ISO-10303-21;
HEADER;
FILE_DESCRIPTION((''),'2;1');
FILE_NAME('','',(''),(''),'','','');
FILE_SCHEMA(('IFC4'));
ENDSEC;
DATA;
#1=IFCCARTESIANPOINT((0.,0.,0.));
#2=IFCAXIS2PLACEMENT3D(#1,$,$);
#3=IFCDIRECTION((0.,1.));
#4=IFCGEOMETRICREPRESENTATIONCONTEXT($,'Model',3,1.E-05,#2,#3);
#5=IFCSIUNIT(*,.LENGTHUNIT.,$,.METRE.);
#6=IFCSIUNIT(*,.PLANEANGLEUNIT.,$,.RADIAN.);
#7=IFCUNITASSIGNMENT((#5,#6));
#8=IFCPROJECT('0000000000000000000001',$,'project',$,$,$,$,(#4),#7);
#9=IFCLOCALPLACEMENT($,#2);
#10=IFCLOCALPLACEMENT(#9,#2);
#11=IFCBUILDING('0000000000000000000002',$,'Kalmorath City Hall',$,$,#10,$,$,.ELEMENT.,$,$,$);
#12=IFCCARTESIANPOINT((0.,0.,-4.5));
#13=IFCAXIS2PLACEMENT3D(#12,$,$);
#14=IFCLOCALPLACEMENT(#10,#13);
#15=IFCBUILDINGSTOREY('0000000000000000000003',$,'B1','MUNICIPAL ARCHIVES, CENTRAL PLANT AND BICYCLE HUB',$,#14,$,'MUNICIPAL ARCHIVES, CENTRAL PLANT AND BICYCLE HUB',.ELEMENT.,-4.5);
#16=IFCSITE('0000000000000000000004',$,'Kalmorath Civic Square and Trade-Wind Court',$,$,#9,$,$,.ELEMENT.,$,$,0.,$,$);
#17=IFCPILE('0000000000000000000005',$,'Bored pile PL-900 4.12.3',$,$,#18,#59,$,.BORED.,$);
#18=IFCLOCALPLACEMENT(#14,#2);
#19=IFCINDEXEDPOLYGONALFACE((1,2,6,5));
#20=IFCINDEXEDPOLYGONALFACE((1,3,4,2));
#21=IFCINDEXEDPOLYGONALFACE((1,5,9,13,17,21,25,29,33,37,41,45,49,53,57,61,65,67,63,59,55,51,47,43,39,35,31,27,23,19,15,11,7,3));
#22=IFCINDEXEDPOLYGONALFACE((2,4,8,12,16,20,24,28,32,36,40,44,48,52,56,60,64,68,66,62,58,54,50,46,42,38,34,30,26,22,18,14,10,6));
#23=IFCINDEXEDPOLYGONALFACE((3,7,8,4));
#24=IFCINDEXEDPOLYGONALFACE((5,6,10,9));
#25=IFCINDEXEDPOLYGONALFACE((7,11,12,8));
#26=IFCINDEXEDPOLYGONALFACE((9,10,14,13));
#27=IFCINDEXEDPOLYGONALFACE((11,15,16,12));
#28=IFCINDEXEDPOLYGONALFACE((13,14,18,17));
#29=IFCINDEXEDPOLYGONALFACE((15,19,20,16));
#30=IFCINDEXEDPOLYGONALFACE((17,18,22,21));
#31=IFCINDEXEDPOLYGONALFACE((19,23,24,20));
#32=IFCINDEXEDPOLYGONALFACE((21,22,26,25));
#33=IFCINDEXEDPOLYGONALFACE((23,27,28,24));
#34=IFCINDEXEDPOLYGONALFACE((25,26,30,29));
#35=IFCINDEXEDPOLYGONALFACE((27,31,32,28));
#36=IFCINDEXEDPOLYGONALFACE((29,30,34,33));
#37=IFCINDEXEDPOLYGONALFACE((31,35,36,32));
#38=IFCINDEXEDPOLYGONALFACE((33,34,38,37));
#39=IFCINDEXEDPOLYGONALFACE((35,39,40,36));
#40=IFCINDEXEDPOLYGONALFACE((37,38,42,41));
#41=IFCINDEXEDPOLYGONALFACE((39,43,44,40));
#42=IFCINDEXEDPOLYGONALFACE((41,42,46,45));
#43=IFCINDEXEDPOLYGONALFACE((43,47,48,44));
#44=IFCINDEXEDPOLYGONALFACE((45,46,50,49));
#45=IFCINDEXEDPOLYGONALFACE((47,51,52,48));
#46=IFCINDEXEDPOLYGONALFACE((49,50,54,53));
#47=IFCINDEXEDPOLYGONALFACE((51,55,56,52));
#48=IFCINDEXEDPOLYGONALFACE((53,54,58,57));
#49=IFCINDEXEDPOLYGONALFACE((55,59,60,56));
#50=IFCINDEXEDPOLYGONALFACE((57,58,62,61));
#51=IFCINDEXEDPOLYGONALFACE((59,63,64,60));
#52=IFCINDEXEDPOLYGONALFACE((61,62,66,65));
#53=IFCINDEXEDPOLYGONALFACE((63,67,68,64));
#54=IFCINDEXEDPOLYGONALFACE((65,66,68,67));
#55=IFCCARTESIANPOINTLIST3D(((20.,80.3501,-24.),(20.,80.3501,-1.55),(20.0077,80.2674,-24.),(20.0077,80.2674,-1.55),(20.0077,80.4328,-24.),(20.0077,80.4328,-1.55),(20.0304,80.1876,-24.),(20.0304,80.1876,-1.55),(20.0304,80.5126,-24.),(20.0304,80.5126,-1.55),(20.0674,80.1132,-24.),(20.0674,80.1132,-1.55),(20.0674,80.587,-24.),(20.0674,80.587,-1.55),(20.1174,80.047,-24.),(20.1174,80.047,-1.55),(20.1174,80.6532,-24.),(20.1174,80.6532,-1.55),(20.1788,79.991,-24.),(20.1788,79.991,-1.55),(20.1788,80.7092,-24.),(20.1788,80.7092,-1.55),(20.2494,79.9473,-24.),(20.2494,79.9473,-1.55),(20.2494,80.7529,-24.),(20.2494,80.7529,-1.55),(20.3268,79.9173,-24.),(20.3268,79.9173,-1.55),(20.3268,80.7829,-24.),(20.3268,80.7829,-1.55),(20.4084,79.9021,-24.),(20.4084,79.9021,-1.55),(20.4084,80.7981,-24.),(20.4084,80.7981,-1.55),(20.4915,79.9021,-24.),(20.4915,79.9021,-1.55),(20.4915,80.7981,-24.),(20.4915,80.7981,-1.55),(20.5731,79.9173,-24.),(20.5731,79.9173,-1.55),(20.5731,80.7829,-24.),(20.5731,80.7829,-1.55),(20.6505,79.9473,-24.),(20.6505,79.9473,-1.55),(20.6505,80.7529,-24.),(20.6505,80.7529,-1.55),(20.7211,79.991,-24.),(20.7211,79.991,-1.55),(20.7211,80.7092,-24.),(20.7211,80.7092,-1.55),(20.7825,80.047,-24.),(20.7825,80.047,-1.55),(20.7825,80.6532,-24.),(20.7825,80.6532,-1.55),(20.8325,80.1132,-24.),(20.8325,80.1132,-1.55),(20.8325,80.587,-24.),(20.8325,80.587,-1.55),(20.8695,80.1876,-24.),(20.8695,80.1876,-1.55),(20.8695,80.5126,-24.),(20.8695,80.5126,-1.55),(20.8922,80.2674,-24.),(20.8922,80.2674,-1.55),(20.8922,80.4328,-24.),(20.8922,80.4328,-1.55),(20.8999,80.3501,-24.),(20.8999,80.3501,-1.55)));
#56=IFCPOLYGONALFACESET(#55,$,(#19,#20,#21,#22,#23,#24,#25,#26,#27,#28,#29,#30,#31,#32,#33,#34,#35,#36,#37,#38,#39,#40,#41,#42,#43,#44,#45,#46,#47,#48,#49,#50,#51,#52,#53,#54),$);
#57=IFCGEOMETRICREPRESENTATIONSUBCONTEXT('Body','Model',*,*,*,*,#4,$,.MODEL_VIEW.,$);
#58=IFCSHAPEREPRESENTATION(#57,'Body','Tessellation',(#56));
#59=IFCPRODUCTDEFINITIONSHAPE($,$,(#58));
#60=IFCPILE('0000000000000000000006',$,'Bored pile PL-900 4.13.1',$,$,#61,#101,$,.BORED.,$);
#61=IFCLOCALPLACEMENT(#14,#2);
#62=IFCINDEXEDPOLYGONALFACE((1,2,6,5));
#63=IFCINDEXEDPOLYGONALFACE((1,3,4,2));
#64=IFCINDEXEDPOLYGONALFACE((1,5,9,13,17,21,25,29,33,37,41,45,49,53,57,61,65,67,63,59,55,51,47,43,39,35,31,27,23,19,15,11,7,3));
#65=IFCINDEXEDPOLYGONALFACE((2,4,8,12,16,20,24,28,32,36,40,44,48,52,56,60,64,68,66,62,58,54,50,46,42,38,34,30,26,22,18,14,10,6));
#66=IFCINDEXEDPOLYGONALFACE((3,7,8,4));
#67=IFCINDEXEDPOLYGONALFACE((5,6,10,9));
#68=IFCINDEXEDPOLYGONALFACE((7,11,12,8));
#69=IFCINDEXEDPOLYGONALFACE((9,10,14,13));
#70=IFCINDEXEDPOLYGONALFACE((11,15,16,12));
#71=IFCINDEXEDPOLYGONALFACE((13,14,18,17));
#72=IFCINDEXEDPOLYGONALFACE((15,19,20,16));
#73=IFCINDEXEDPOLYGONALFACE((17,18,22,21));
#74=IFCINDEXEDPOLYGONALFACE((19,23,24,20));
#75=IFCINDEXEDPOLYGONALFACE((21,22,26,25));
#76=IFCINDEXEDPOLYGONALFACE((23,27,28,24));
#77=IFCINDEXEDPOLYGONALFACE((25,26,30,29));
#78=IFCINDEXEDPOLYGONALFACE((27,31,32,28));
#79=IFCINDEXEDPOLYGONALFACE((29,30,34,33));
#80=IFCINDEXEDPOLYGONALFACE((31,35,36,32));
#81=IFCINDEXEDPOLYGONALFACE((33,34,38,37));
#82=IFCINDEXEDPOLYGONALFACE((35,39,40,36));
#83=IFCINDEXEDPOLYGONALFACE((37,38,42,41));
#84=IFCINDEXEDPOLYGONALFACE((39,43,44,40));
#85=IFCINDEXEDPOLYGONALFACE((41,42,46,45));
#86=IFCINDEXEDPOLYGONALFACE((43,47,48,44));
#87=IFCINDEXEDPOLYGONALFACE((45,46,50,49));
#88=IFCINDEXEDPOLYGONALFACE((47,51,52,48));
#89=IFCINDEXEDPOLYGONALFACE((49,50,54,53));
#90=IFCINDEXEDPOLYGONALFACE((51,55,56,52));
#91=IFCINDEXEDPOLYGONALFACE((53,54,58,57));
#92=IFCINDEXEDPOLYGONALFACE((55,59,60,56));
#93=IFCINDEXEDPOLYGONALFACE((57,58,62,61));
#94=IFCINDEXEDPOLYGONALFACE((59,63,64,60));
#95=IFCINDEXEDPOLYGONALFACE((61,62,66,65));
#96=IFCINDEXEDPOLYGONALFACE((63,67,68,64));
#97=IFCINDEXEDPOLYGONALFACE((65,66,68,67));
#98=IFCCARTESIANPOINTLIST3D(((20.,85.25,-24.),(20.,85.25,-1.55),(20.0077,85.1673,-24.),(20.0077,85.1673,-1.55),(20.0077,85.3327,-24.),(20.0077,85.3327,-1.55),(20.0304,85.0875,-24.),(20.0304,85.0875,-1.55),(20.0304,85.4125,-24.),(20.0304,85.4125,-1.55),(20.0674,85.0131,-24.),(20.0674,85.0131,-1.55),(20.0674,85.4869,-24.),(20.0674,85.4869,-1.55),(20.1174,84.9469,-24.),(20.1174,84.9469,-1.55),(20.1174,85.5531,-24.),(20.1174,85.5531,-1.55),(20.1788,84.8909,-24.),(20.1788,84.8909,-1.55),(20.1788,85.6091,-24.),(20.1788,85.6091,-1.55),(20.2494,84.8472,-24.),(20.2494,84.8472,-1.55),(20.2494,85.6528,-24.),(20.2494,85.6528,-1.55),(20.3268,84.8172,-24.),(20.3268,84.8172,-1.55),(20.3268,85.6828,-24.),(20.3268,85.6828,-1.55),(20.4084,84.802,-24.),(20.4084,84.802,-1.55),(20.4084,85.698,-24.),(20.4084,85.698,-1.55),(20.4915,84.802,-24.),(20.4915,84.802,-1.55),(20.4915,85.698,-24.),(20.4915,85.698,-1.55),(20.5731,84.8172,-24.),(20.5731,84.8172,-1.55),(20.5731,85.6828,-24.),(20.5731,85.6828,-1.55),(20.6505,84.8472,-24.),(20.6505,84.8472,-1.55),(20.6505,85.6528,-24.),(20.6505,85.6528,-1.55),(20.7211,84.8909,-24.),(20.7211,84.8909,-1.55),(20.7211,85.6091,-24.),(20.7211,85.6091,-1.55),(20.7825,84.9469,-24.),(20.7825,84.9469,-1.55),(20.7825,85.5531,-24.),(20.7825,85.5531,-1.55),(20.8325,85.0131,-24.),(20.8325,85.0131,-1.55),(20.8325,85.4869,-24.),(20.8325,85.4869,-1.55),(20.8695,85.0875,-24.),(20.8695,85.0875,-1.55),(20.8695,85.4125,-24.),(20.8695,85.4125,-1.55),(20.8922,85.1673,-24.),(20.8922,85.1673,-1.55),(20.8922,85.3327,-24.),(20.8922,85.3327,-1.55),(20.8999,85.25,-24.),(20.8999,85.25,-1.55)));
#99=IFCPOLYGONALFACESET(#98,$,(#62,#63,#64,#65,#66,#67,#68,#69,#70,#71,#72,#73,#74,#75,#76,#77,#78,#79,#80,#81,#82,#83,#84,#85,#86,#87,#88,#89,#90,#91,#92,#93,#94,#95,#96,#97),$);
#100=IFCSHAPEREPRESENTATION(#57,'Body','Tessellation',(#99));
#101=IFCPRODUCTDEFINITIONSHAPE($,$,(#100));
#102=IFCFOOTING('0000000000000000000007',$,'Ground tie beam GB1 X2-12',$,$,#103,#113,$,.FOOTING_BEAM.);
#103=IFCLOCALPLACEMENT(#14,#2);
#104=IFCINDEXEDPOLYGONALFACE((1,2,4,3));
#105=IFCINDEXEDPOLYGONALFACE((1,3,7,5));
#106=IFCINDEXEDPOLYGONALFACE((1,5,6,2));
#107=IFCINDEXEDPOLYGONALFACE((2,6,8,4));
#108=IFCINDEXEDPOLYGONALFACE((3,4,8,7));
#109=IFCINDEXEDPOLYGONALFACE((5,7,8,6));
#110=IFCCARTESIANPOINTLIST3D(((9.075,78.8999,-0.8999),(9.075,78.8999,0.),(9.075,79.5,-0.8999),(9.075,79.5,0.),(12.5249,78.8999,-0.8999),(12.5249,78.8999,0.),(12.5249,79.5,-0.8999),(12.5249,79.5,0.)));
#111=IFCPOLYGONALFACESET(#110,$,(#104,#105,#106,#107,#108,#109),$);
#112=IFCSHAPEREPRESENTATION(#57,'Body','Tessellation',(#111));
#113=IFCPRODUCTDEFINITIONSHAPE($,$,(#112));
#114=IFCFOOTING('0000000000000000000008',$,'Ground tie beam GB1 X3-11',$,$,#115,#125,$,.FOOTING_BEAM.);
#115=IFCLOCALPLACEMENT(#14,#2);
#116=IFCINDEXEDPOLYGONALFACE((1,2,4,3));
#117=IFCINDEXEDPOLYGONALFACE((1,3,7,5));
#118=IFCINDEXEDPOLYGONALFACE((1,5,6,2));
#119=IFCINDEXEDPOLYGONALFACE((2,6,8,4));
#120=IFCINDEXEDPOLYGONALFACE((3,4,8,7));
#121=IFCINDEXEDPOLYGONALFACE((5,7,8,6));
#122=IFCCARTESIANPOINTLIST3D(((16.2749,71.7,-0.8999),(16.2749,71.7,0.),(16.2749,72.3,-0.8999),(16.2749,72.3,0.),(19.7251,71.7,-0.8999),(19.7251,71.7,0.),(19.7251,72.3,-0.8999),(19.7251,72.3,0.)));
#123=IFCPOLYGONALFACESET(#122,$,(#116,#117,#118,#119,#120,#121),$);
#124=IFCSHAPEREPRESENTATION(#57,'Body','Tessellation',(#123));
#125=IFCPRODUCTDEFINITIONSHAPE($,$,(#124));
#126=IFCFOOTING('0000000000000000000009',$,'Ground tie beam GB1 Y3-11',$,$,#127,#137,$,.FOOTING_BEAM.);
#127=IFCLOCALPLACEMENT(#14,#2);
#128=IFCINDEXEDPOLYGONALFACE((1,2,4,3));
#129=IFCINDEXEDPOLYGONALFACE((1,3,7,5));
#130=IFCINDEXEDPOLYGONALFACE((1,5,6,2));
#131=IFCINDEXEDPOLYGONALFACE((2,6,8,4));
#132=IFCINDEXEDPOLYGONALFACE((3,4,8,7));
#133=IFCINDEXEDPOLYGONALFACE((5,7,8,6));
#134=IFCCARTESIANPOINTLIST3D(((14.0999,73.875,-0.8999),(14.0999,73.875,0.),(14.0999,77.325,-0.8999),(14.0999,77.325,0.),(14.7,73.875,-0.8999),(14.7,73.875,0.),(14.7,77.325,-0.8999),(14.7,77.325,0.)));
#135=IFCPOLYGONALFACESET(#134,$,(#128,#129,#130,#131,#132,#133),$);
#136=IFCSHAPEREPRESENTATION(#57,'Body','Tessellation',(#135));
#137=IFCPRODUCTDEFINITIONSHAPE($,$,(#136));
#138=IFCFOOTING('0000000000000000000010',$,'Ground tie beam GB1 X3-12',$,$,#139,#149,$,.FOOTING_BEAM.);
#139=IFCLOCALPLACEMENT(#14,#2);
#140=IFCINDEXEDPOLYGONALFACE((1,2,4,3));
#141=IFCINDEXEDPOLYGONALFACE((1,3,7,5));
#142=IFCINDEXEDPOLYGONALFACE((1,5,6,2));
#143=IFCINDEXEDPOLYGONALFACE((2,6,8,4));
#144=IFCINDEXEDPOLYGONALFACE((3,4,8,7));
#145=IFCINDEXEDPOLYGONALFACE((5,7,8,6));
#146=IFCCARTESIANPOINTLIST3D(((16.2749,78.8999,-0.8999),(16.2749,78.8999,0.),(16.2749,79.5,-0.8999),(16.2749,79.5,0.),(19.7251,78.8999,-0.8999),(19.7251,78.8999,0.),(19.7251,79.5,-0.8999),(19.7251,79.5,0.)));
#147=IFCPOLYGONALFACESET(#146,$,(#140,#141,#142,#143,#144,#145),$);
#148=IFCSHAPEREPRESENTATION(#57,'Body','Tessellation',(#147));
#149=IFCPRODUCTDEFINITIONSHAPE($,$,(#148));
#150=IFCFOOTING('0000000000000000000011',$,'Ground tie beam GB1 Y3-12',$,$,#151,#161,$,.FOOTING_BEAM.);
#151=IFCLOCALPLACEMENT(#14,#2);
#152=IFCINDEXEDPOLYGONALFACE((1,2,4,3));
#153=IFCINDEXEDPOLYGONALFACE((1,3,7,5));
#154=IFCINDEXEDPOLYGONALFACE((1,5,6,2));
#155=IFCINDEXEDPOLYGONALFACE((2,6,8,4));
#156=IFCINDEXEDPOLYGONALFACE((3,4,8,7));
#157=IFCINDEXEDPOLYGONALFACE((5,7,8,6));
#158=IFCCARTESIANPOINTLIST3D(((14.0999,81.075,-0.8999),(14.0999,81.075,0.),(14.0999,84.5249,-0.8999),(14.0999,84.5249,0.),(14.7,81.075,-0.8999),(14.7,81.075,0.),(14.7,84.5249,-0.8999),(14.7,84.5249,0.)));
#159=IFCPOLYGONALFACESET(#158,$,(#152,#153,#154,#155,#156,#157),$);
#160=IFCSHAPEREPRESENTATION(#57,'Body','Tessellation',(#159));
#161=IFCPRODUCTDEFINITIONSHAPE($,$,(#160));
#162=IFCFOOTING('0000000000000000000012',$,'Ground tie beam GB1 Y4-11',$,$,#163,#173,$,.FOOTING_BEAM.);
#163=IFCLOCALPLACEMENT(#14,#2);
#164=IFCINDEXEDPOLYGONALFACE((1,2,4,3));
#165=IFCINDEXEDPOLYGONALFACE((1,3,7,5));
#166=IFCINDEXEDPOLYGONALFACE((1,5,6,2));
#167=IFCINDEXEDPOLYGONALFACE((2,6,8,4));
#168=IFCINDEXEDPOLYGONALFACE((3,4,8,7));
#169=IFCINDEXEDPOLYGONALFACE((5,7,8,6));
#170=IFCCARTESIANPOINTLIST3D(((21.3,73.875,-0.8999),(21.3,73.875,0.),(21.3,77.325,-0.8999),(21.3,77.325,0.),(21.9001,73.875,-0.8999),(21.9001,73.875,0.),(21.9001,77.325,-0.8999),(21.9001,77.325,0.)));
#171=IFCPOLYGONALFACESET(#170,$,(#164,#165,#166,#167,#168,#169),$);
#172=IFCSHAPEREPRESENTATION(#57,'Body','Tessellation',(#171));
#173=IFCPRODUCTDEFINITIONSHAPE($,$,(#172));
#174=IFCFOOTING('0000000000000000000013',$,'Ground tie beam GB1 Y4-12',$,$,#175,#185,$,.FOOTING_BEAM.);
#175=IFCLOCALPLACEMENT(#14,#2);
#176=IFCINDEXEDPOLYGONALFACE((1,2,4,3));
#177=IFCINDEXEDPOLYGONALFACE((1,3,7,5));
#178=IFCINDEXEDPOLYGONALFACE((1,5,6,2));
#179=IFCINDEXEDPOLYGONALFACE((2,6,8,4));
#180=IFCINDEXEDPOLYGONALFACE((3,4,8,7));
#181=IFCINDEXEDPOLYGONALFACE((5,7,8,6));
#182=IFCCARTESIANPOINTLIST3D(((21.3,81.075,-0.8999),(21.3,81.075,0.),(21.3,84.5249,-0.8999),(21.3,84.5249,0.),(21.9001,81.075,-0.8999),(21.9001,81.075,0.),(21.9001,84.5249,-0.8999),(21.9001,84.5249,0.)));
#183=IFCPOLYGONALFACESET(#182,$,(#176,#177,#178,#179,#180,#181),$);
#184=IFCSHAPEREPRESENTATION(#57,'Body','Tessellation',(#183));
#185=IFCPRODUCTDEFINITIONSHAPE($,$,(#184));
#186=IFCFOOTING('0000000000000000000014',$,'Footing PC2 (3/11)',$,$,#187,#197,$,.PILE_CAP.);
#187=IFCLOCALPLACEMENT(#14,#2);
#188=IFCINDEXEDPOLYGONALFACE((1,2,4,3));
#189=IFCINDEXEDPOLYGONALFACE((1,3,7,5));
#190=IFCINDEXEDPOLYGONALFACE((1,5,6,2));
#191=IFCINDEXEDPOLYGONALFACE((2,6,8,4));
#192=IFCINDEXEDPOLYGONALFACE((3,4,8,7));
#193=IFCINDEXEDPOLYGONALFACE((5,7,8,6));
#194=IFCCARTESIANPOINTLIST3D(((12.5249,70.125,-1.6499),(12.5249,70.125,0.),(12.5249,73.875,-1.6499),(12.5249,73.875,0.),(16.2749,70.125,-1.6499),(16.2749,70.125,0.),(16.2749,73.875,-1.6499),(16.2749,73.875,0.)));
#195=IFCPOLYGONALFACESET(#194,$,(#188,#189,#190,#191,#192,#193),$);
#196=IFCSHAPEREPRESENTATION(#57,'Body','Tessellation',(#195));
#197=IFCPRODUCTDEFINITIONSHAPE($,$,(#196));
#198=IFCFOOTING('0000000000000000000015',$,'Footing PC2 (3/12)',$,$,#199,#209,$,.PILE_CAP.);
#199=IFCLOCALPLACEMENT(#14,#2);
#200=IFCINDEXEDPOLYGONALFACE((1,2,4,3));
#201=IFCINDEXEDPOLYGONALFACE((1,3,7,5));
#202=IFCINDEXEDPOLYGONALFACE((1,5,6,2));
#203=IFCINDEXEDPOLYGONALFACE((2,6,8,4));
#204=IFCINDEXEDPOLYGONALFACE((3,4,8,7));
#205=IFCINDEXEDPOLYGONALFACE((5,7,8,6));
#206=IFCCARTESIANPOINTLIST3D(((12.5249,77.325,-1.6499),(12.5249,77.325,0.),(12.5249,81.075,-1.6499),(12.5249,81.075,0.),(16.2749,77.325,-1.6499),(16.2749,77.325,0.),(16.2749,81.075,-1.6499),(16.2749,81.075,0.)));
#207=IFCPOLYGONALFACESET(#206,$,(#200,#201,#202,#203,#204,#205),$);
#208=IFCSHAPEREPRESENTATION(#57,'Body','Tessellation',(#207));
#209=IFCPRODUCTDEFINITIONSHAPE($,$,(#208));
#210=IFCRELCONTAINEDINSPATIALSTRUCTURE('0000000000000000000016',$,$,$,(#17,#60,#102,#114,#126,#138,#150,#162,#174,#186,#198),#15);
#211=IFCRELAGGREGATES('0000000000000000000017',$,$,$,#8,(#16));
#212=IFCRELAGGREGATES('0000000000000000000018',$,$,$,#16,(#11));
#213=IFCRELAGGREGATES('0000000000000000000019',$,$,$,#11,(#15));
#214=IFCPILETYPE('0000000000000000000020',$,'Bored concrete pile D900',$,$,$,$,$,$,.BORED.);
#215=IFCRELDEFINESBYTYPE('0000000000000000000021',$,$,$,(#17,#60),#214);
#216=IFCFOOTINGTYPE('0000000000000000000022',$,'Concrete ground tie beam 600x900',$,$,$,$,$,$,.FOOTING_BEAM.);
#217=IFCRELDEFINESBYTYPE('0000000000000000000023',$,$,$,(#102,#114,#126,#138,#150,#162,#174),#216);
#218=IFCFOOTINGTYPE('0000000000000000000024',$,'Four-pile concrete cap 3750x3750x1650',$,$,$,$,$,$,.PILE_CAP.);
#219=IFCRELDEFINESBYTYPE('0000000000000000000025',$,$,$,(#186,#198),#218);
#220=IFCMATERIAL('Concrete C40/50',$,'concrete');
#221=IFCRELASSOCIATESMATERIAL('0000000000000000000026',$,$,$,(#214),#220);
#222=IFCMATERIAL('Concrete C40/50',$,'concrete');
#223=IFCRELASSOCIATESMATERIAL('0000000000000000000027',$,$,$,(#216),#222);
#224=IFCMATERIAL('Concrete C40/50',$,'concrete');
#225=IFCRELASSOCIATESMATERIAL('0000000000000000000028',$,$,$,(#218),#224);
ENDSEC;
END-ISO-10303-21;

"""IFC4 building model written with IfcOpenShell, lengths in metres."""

from ifc_helpers import new_model, si_unit, direction, frame, origin, origin_2d, place, context, subcontext, project, spatial, rectangle, circle, extrude, material, material_profile, profile_set, type_object, element, save


model = new_model("IFC4")

# Units and contexts
model_context = context("Model", 3, precision=1e-05, world=origin(), true_north=direction((0.0, 1.0)))
body_context = subcontext(model_context, "Body", "Model", "MODEL_VIEW")
ifc_project = project(units=[si_unit("LENGTHUNIT", "METRE"), si_unit("PLANEANGLEUNIT", "RADIAN")], contexts=[model_context])

# Site, building, storey
site_placement = place(None, origin())
site = spatial("IfcSite", under=ifc_project, at=site_placement, Name="Kalmorath Civic Square and Trade-Wind Court", CompositionType="ELEMENT", RefElevation=0.0)
building_placement = place(site_placement, origin())
building = spatial("IfcBuilding", under=site, at=building_placement, Name="Kalmorath City Hall", CompositionType="ELEMENT")
storey_placement = place(building_placement, frame((0.0, 0.0, -4.5)))
storey = spatial("IfcBuildingStorey", under=building, at=storey_placement, Name="B1", Description="MUNICIPAL ARCHIVES, CENTRAL PLANT AND BICYCLE HUB", LongName="MUNICIPAL ARCHIVES, CENTRAL PLANT AND BICYCLE HUB", CompositionType="ELEMENT", Elevation=-4.5)

# Piles
ifc_material_1 = material(Name="Concrete C40/50", Category="concrete")
ifc_material_profile_1 = material_profile(ifc_material_1, circle(Radius=0.45, at=origin_2d()), Name="PILE-D900")
ifc_profile_set_1 = profile_set([ifc_material_profile_1], Name="Concrete C40/50")
pile_type = type_object("IfcPileType", Name="Bored concrete pile D900", PredefinedType="BORED", material=ifc_profile_set_1)
for number, where, z_axis, x_axis, name in (
    (1, (20.45, 80.3501, -1.55), (0.0, 0.0, -1.0), (1.0, 0.0, 0.0), "Bored pile PL-900 4.12.3"),
    (2, (20.45, 85.25, -1.55), (0.0, 0.0, -1.0), (1.0, 0.0, 0.0), "Bored pile PL-900 4.13.1"),
):
    element("IfcPile", number, at=place(storey_placement, frame(where, z_axis=z_axis, x_axis=x_axis)), inside=storey, type_object=pile_type, Name=name, PredefinedType="BORED", context=body_context, shape_type="SweptSolid", body=[
        extrude(circle(Radius=0.45, at=origin_2d()), origin(), (0.0, 0.0, 1.0), 22.45),
    ])

# Footings
ifc_material_2 = material(Name="Concrete C40/50", Category="concrete")
ifc_material_profile_2 = material_profile(ifc_material_2, rectangle(XDim=0.6001, YDim=0.8999, at=origin_2d()), Name="RC-BM-600X900")
ifc_profile_set_2 = profile_set([ifc_material_profile_2], Name="Concrete C40/50")
footing_type_1 = type_object("IfcFootingType", Name="Concrete ground tie beam 600x900", PredefinedType="FOOTING_BEAM", material=ifc_profile_set_2)
footing_1_placement = place(storey_placement, frame((9.075, 79.2, -0.45), z_axis=(1.0, 0.0, 0.0), x_axis=(0.0, 1.0, 0.0)))
element("IfcFooting", 3, at=footing_1_placement, inside=storey, type_object=footing_type_1, Name="Ground tie beam GB1 X2-12", PredefinedType="FOOTING_BEAM", context=body_context, shape_type="SweptSolid", body=[
    extrude(rectangle(XDim=0.6001, YDim=0.8999, at=origin_2d()), origin(), (0.0, 0.0, 1.0), 3.45),
])
footing_2_placement = place(storey_placement, frame((16.2749, 72.0, -0.45), z_axis=(1.0, 0.0, 0.0), x_axis=(0.0, 1.0, 0.0)))
element("IfcFooting", 4, at=footing_2_placement, inside=storey, type_object=footing_type_1, Name="Ground tie beam GB1 X3-11", PredefinedType="FOOTING_BEAM", context=body_context, shape_type="SweptSolid", body=[
    extrude(rectangle(XDim=0.6001, YDim=0.8999, at=origin_2d()), origin(), (0.0, 0.0, 1.0), 3.4502),
])
footing_3_placement = place(storey_placement, frame((14.3999, 73.875, -0.45), z_axis=(0.0, 1.0, 0.0), x_axis=(-1.0, 0.0, 0.0)))
element("IfcFooting", 5, at=footing_3_placement, inside=storey, type_object=footing_type_1, Name="Ground tie beam GB1 Y3-11", PredefinedType="FOOTING_BEAM", context=body_context, shape_type="SweptSolid", body=[
    extrude(rectangle(XDim=0.6001, YDim=0.8999, at=origin_2d()), origin(), (0.0, 0.0, 1.0), 3.45),
])
footing_4_placement = place(storey_placement, frame((16.2749, 79.2, -0.45), z_axis=(1.0, 0.0, 0.0), x_axis=(0.0, 1.0, 0.0)))
element("IfcFooting", 6, at=footing_4_placement, inside=storey, type_object=footing_type_1, Name="Ground tie beam GB1 X3-12", PredefinedType="FOOTING_BEAM", context=body_context, shape_type="SweptSolid", body=[
    extrude(rectangle(XDim=0.6001, YDim=0.8999, at=origin_2d()), origin(), (0.0, 0.0, 1.0), 3.4502),
])
for number, where, z_axis, x_axis, name in (
    (7, (14.3999, 81.075, -0.45), (0.0, 1.0, 0.0), (-1.0, 0.0, 0.0), "Ground tie beam GB1 Y3-12"),
    (8, (21.6001, 73.875, -0.45), (0.0, 1.0, 0.0), (-1.0, 0.0, 0.0), "Ground tie beam GB1 Y4-11"),
    (9, (21.6001, 81.075, -0.45), (0.0, 1.0, 0.0), (-1.0, 0.0, 0.0), "Ground tie beam GB1 Y4-12"),
):
    element("IfcFooting", number, at=place(storey_placement, frame(where, z_axis=z_axis, x_axis=x_axis)), inside=storey, type_object=footing_type_1, Name=name, PredefinedType="FOOTING_BEAM", context=body_context, shape_type="SweptSolid", body=[
        extrude(rectangle(XDim=0.6001, YDim=0.8999, at=origin_2d()), origin(), (0.0, 0.0, 1.0), 3.45),
    ])
ifc_material_3 = material(Name="Concrete C40/50", Category="concrete")
footing_type_2 = type_object("IfcFootingType", Name="Four-pile concrete cap 3750x3750x1650", PredefinedType="PILE_CAP", material=ifc_material_3)
for number, where, z_axis, x_axis, name in (
    (10, (14.3999, 72.0, -1.6499), (0.0, 0.0, 1.0), (1.0, 0.0, 0.0), "Footing PC2 (3/11)"),
    (11, (14.3999, 79.2, -1.6499), (0.0, 0.0, 1.0), (1.0, 0.0, 0.0), "Footing PC2 (3/12)"),
):
    element("IfcFooting", number, at=place(storey_placement, frame(where, z_axis=z_axis, x_axis=x_axis)), inside=storey, type_object=footing_type_2, Name=name, PredefinedType="PILE_CAP", context=body_context, shape_type="SweptSolid", body=[
        extrude(rectangle(XDim=3.75, YDim=3.75, at=origin_2d()), origin(), (0.0, 0.0, 1.0), 1.6499),
    ])

save(model, "model.ifc")
